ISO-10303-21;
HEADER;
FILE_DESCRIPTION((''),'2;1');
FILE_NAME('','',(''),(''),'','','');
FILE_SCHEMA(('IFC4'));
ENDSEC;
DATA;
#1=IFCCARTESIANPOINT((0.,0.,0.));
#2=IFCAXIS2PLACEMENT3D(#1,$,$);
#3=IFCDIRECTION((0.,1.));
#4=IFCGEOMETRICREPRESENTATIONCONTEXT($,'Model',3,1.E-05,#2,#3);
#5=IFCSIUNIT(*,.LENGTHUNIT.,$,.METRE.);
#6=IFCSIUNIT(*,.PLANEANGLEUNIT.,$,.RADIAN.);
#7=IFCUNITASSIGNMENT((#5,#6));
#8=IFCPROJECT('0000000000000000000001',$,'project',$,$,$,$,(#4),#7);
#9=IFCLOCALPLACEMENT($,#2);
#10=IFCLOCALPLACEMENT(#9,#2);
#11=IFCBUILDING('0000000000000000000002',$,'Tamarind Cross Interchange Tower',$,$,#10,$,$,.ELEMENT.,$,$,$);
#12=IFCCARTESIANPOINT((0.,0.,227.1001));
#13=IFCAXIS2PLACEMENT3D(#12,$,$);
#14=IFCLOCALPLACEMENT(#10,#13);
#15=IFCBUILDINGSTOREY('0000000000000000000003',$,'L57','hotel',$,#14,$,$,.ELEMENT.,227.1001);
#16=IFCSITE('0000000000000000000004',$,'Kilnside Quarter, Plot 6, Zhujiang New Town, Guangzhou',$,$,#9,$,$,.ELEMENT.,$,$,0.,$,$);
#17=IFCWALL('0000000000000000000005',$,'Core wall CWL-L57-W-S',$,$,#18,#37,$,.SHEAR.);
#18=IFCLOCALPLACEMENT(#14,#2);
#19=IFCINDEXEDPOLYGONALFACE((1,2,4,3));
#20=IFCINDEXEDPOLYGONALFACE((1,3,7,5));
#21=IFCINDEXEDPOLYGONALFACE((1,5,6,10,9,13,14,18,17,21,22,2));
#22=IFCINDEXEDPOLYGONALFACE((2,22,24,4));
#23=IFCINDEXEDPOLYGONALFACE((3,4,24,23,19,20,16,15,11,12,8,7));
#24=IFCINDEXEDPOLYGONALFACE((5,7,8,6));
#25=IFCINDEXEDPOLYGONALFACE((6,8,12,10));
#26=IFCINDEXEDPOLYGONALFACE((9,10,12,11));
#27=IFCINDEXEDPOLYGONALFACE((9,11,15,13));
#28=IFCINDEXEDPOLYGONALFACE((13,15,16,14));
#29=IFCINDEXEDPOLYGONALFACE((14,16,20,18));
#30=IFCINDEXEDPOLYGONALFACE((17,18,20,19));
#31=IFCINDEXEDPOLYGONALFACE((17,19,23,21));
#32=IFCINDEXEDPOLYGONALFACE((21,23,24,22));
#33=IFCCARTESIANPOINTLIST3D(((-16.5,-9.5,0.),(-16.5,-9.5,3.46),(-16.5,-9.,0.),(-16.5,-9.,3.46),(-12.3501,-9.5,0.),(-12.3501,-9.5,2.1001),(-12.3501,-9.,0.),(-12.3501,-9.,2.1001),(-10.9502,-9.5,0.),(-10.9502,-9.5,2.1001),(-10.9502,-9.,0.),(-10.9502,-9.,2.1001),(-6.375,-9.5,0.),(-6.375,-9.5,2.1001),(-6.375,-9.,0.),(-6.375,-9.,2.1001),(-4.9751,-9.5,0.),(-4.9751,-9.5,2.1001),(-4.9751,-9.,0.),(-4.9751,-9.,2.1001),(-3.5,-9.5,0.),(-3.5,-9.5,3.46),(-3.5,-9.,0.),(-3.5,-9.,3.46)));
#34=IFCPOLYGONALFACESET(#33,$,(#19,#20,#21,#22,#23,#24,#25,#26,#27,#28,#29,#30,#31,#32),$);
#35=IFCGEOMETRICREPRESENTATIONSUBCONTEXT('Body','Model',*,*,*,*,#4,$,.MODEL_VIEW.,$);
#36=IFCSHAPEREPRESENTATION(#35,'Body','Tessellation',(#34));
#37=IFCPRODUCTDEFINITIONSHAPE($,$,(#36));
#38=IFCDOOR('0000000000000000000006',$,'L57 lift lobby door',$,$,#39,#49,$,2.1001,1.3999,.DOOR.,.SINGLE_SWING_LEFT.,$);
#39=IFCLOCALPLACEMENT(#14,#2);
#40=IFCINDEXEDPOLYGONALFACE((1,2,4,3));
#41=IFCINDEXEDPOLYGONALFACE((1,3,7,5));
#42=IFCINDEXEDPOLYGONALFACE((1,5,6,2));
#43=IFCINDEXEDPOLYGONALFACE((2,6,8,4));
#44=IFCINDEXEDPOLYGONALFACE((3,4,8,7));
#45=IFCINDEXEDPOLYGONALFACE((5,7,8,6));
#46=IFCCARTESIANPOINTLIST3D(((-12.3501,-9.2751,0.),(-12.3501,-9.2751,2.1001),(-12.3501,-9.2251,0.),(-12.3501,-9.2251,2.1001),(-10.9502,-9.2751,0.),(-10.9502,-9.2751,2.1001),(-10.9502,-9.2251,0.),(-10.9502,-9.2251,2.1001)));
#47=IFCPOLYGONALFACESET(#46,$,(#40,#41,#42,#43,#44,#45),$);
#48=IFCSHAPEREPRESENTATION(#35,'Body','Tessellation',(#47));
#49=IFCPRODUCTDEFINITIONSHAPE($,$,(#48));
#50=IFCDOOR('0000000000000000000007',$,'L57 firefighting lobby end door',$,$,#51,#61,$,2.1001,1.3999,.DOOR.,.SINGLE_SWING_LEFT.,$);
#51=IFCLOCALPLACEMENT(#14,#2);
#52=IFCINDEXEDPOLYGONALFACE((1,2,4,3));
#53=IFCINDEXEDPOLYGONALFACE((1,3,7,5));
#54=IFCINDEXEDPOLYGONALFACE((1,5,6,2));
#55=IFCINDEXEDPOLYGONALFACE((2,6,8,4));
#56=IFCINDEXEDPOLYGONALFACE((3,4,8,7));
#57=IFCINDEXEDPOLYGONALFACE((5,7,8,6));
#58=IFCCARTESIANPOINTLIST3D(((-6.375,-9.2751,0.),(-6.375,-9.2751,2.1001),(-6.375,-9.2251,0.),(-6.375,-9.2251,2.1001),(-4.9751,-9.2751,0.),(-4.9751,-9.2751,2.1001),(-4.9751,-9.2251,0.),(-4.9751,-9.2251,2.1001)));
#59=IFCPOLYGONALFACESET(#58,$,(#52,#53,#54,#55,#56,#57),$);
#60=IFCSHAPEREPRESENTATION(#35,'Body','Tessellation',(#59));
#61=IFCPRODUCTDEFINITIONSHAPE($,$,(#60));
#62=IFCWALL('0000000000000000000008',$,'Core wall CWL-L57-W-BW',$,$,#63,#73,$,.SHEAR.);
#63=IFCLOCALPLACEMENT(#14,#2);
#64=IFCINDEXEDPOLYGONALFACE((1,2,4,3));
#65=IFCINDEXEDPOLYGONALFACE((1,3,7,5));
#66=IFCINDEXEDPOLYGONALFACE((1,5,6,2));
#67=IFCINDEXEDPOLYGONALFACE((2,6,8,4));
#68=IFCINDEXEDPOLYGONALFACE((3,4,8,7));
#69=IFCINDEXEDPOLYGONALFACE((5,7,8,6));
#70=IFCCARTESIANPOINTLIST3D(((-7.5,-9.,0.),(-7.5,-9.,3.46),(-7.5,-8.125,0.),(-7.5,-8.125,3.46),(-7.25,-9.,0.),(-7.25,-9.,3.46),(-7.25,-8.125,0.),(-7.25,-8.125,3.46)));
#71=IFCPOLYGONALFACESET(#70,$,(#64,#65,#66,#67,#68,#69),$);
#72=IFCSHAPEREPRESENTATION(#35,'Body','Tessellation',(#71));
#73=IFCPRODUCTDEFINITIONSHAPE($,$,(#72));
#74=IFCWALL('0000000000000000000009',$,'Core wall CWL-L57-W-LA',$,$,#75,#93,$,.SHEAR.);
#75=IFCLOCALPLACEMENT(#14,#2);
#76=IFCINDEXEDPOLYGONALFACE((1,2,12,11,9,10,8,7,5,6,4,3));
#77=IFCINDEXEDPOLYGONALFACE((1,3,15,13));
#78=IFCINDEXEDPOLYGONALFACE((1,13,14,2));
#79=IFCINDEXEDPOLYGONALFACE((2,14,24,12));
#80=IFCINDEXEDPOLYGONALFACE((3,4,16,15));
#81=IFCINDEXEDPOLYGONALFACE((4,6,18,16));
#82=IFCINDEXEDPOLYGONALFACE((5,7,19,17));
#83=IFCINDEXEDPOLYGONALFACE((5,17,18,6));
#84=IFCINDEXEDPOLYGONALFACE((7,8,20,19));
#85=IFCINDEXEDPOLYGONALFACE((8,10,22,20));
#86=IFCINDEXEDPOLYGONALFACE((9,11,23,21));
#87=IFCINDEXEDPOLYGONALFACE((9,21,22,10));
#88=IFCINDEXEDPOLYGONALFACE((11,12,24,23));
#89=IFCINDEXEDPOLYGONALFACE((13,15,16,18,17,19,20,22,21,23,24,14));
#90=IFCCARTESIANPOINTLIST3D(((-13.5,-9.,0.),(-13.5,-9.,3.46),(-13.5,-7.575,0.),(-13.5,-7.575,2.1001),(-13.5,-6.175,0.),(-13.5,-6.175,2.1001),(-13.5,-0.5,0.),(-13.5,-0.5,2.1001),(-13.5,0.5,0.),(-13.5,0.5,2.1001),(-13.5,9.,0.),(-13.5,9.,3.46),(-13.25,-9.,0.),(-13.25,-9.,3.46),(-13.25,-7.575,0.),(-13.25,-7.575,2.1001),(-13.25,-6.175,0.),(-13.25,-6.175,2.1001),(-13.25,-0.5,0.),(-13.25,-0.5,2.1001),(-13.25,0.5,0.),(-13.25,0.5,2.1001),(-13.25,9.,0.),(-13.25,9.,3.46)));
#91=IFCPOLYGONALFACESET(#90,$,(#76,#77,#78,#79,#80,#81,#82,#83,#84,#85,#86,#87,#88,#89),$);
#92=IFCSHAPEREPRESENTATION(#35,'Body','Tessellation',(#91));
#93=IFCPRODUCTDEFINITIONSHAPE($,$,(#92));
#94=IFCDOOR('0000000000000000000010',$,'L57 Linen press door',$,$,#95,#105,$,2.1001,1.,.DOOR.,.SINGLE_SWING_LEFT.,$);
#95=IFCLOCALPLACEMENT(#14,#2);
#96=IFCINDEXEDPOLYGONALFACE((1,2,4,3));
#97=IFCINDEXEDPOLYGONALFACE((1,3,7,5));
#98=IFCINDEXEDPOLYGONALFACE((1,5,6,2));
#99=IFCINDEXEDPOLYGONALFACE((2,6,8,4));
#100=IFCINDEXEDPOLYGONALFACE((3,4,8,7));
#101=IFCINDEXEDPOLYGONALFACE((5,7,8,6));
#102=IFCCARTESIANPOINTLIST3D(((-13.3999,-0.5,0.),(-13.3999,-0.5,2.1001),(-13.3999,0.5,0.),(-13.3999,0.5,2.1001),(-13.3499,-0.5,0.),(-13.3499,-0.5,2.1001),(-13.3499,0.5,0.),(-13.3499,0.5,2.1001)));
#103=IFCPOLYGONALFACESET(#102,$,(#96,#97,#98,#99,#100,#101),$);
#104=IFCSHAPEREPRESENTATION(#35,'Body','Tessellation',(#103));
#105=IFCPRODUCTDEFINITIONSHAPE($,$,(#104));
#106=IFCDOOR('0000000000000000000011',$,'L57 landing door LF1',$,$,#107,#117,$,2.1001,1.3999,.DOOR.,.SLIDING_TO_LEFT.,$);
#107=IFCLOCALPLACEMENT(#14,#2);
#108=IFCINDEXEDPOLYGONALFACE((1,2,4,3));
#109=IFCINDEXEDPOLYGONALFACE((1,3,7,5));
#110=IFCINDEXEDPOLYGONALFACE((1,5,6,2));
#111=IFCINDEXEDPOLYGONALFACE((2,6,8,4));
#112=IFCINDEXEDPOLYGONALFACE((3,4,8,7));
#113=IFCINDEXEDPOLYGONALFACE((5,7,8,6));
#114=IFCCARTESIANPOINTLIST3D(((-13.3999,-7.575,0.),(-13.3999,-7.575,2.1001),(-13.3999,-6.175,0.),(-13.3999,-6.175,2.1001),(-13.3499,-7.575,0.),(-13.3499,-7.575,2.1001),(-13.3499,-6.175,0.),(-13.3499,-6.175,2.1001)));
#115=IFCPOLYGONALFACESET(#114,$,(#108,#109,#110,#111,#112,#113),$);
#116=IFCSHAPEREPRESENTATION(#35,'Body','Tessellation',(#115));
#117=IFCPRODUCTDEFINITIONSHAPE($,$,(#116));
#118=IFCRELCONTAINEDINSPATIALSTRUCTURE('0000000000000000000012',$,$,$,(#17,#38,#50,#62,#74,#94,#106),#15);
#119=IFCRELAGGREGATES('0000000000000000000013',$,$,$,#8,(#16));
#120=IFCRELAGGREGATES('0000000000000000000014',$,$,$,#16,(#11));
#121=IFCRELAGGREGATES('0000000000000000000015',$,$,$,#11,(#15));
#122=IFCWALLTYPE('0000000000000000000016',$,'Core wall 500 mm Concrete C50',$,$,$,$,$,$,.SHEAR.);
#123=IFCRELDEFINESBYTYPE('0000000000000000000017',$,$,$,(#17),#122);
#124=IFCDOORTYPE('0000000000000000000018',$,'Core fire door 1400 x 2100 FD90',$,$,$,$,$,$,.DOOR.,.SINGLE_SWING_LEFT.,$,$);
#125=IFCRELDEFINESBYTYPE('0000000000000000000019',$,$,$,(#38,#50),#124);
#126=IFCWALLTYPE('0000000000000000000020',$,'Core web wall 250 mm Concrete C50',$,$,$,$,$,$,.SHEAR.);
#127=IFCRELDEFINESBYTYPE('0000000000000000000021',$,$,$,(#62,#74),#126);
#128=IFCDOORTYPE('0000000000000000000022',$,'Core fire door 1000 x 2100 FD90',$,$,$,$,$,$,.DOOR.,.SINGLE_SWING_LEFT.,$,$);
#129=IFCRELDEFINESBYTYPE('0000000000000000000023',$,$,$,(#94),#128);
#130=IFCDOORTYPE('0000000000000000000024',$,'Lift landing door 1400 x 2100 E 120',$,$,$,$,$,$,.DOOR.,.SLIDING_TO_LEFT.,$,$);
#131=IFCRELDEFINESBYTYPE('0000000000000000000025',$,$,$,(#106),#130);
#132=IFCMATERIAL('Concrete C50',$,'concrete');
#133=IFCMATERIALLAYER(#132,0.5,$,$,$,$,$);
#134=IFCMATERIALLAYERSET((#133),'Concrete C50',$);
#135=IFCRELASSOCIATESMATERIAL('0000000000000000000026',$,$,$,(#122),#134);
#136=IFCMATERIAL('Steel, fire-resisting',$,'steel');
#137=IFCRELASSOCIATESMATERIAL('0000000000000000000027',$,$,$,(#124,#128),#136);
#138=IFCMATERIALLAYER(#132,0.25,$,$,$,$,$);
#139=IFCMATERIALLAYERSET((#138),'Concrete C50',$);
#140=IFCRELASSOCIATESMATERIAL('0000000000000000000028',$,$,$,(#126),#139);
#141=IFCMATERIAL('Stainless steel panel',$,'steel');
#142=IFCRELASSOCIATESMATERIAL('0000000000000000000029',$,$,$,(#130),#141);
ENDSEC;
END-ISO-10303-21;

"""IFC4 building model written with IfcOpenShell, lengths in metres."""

from ifc_helpers import new_model, si_unit, direction, frame, frame_2d, origin, place, context, subcontext, project, spatial, rectangle, extrude, material, layer, layer_set, type_object, element, fill, save


model = new_model("IFC4")

# Units and contexts
model_context = context("Model", 3, precision=1e-05, world=origin(), true_north=direction((0.0, 1.0)))
body_context = subcontext(model_context, "Body", "Model", "MODEL_VIEW")
ifc_project = project(units=[si_unit("LENGTHUNIT", "METRE"), si_unit("PLANEANGLEUNIT", "RADIAN")], contexts=[model_context])

# Site, building, storey
site_placement = place(None, origin())
site = spatial("IfcSite", under=ifc_project, at=site_placement, Name="Kilnside Quarter, Plot 6, Zhujiang New Town, Guangzhou", CompositionType="ELEMENT", RefElevation=0.0)
building_placement = place(site_placement, origin())
building = spatial("IfcBuilding", under=site, at=building_placement, Name="Tamarind Cross Interchange Tower", CompositionType="ELEMENT")
storey_placement = place(building_placement, frame((0.0, 0.0, 227.1001)))
storey = spatial("IfcBuildingStorey", under=building, at=storey_placement, Name="L57", Description="hotel", CompositionType="ELEMENT", Elevation=227.1001)

# Shared definitions
ifc_material_1 = material(Name="Concrete C50", Category="concrete")

# Wall, openings, doors
ifc_layer_1 = layer(ifc_material_1, 0.5)
ifc_layer_set_1 = layer_set([ifc_layer_1], Name="Concrete C50")
wall_type_1 = type_object("IfcWallType", Name="Core wall 500 mm Concrete C50", PredefinedType="SHEAR", material=ifc_layer_set_1)
wall_1_placement = place(storey_placement, frame((-16.5, -9.25, 0.0), z_axis=(0.0, 0.0, 1.0), x_axis=(1.0, 0.0, 0.0)))
wall_1 = element("IfcWall", 1, at=wall_1_placement, inside=storey, type_object=wall_type_1, Name="Core wall CWL-L57-W-S", PredefinedType="SHEAR", context=body_context, shape_type="SweptSolid", body=[
    extrude(rectangle(XDim=13.0, YDim=0.5, at=frame_2d((6.5, 0.0))), origin(), (0.0, 0.0, 1.0), 3.46),
])
opening_1_placement = place(wall_1_placement, frame((4.1499, 0.0, 0.0)))
opening_1 = element("IfcOpeningElement", 2, at=opening_1_placement, cuts=wall_1, PredefinedType="OPENING", context=body_context, shape_type="SweptSolid", body=[
    extrude(rectangle(XDim=1.3999, YDim=2.1001, at=frame_2d((0.7, 1.05))), frame((0.0, 0.26, 0.0), z_axis=(0.0, -1.0, 0.0), x_axis=(1.0, 0.0, 0.0)), (0.0, 0.0, 1.0), 0.52),
])
opening_2_placement = place(wall_1_placement, frame((10.125, 0.0, 0.0)))
opening_2 = element("IfcOpeningElement", 3, at=opening_2_placement, cuts=wall_1, PredefinedType="OPENING", context=body_context, shape_type="SweptSolid", body=[
    extrude(rectangle(XDim=1.3999, YDim=2.1001, at=frame_2d((0.7, 1.05))), frame((0.0, 0.26, 0.0), z_axis=(0.0, -1.0, 0.0), x_axis=(1.0, 0.0, 0.0)), (0.0, 0.0, 1.0), 0.52),
])
ifc_material_2 = material(Name="Steel, fire-resisting", Category="steel")
door_type_1 = type_object("IfcDoorType", Name="Core fire door 1400 x 2100 FD90", OperationType="SINGLE_SWING_LEFT", PredefinedType="DOOR", material=ifc_material_2)
door_1_placement = place(opening_1_placement, origin())
door_1 = element("IfcDoor", 4, at=door_1_placement, inside=storey, type_object=door_type_1, Name="L57 lift lobby door", OperationType="SINGLE_SWING_LEFT", OverallHeight=2.1001, OverallWidth=1.3999, PredefinedType="DOOR", context=body_context, shape_type="SweptSolid", body=[
    extrude(rectangle(XDim=1.3999, YDim=2.1001, at=frame_2d((0.7, 1.05))), frame((0.0, 0.0249, 0.0), z_axis=(0.0, -1.0, 0.0), x_axis=(1.0, 0.0, 0.0)), (0.0, 0.0, 1.0), 0.05),
])
fill(opening_1, door_1)
door_2_placement = place(opening_2_placement, origin())
door_2 = element("IfcDoor", 5, at=door_2_placement, inside=storey, type_object=door_type_1, Name="L57 firefighting lobby end door", OperationType="SINGLE_SWING_LEFT", OverallHeight=2.1001, OverallWidth=1.3999, PredefinedType="DOOR", context=body_context, shape_type="SweptSolid", body=[
    extrude(rectangle(XDim=1.3999, YDim=2.1001, at=frame_2d((0.7, 1.05))), frame((0.0, 0.0249, 0.0), z_axis=(0.0, -1.0, 0.0), x_axis=(1.0, 0.0, 0.0)), (0.0, 0.0, 1.0), 0.05),
])
fill(opening_2, door_2)

# Wall
ifc_layer_2 = layer(ifc_material_1, 0.25)
ifc_layer_set_2 = layer_set([ifc_layer_2], Name="Concrete C50")
wall_type_2 = type_object("IfcWallType", Name="Core web wall 250 mm Concrete C50", PredefinedType="SHEAR", material=ifc_layer_set_2)
wall_2_placement = place(storey_placement, frame((-7.375, -9.0, 0.0), z_axis=(0.0, 0.0, 1.0), x_axis=(0.0, 1.0, 0.0)))
element("IfcWall", 6, at=wall_2_placement, inside=storey, type_object=wall_type_2, Name="Core wall CWL-L57-W-BW", PredefinedType="SHEAR", context=body_context, shape_type="SweptSolid", body=[
    extrude(rectangle(XDim=0.875, YDim=0.25, at=frame_2d((0.4375, 0.0))), origin(), (0.0, 0.0, 1.0), 3.46),
])

# Wall, openings, doors
wall_3_placement = place(storey_placement, frame((-13.375, -9.0, 0.0), z_axis=(0.0, 0.0, 1.0), x_axis=(0.0, 1.0, 0.0)))
wall_3 = element("IfcWall", 7, at=wall_3_placement, inside=storey, type_object=wall_type_2, Name="Core wall CWL-L57-W-LA", PredefinedType="SHEAR", context=body_context, shape_type="SweptSolid", body=[
    extrude(rectangle(XDim=18.0, YDim=0.25, at=frame_2d((9.0, 0.0))), origin(), (0.0, 0.0, 1.0), 3.46),
])
opening_3_placement = place(wall_3_placement, frame((1.425, 0.0, 0.0)))
opening_3 = element("IfcOpeningElement", 8, at=opening_3_placement, cuts=wall_3, PredefinedType="OPENING", context=body_context, shape_type="SweptSolid", body=[
    extrude(rectangle(XDim=1.3999, YDim=2.1001, at=frame_2d((0.7, 1.05))), frame((0.0, 0.135, 0.0), z_axis=(0.0, -1.0, 0.0), x_axis=(1.0, 0.0, 0.0)), (0.0, 0.0, 1.0), 0.27),
])
opening_4_placement = place(wall_3_placement, frame((8.5, 0.0, 0.0)))
opening_4 = element("IfcOpeningElement", 9, at=opening_4_placement, cuts=wall_3, PredefinedType="OPENING", context=body_context, shape_type="SweptSolid", body=[
    extrude(rectangle(XDim=1.0, YDim=2.1001, at=frame_2d((0.5, 1.05))), frame((0.0, 0.135, 0.0), z_axis=(0.0, -1.0, 0.0), x_axis=(1.0, 0.0, 0.0)), (0.0, 0.0, 1.0), 0.27),
])
door_type_2 = type_object("IfcDoorType", Name="Core fire door 1000 x 2100 FD90", OperationType="SINGLE_SWING_LEFT", PredefinedType="DOOR", material=ifc_material_2)
door_3_placement = place(opening_4_placement, origin())
door_3 = element("IfcDoor", 10, at=door_3_placement, inside=storey, type_object=door_type_2, Name="L57 Linen press door", OperationType="SINGLE_SWING_LEFT", OverallHeight=2.1001, OverallWidth=1.0, PredefinedType="DOOR", context=body_context, shape_type="SweptSolid", body=[
    extrude(rectangle(XDim=1.0, YDim=2.1001, at=frame_2d((0.5, 1.05))), frame((0.0, 0.0249, 0.0), z_axis=(0.0, -1.0, 0.0), x_axis=(1.0, 0.0, 0.0)), (0.0, 0.0, 1.0), 0.05),
])
fill(opening_4, door_3)
ifc_material_3 = material(Name="Stainless steel panel", Category="steel")
door_type_3 = type_object("IfcDoorType", Name="Lift landing door 1400 x 2100 E 120", OperationType="SLIDING_TO_LEFT", PredefinedType="DOOR", material=ifc_material_3)
door_4_placement = place(opening_3_placement, origin())
door_4 = element("IfcDoor", 11, at=door_4_placement, inside=storey, type_object=door_type_3, Name="L57 landing door LF1", OperationType="SLIDING_TO_LEFT", OverallHeight=2.1001, OverallWidth=1.3999, PredefinedType="DOOR", context=body_context, shape_type="SweptSolid", body=[
    extrude(rectangle(XDim=1.3999, YDim=2.1001, at=frame_2d((0.7, 1.05))), frame((0.0, 0.0249, 0.0), z_axis=(0.0, -1.0, 0.0), x_axis=(1.0, 0.0, 0.0)), (0.0, 0.0, 1.0), 0.05),
])
fill(opening_3, door_4)

save(model, "model.ifc")
